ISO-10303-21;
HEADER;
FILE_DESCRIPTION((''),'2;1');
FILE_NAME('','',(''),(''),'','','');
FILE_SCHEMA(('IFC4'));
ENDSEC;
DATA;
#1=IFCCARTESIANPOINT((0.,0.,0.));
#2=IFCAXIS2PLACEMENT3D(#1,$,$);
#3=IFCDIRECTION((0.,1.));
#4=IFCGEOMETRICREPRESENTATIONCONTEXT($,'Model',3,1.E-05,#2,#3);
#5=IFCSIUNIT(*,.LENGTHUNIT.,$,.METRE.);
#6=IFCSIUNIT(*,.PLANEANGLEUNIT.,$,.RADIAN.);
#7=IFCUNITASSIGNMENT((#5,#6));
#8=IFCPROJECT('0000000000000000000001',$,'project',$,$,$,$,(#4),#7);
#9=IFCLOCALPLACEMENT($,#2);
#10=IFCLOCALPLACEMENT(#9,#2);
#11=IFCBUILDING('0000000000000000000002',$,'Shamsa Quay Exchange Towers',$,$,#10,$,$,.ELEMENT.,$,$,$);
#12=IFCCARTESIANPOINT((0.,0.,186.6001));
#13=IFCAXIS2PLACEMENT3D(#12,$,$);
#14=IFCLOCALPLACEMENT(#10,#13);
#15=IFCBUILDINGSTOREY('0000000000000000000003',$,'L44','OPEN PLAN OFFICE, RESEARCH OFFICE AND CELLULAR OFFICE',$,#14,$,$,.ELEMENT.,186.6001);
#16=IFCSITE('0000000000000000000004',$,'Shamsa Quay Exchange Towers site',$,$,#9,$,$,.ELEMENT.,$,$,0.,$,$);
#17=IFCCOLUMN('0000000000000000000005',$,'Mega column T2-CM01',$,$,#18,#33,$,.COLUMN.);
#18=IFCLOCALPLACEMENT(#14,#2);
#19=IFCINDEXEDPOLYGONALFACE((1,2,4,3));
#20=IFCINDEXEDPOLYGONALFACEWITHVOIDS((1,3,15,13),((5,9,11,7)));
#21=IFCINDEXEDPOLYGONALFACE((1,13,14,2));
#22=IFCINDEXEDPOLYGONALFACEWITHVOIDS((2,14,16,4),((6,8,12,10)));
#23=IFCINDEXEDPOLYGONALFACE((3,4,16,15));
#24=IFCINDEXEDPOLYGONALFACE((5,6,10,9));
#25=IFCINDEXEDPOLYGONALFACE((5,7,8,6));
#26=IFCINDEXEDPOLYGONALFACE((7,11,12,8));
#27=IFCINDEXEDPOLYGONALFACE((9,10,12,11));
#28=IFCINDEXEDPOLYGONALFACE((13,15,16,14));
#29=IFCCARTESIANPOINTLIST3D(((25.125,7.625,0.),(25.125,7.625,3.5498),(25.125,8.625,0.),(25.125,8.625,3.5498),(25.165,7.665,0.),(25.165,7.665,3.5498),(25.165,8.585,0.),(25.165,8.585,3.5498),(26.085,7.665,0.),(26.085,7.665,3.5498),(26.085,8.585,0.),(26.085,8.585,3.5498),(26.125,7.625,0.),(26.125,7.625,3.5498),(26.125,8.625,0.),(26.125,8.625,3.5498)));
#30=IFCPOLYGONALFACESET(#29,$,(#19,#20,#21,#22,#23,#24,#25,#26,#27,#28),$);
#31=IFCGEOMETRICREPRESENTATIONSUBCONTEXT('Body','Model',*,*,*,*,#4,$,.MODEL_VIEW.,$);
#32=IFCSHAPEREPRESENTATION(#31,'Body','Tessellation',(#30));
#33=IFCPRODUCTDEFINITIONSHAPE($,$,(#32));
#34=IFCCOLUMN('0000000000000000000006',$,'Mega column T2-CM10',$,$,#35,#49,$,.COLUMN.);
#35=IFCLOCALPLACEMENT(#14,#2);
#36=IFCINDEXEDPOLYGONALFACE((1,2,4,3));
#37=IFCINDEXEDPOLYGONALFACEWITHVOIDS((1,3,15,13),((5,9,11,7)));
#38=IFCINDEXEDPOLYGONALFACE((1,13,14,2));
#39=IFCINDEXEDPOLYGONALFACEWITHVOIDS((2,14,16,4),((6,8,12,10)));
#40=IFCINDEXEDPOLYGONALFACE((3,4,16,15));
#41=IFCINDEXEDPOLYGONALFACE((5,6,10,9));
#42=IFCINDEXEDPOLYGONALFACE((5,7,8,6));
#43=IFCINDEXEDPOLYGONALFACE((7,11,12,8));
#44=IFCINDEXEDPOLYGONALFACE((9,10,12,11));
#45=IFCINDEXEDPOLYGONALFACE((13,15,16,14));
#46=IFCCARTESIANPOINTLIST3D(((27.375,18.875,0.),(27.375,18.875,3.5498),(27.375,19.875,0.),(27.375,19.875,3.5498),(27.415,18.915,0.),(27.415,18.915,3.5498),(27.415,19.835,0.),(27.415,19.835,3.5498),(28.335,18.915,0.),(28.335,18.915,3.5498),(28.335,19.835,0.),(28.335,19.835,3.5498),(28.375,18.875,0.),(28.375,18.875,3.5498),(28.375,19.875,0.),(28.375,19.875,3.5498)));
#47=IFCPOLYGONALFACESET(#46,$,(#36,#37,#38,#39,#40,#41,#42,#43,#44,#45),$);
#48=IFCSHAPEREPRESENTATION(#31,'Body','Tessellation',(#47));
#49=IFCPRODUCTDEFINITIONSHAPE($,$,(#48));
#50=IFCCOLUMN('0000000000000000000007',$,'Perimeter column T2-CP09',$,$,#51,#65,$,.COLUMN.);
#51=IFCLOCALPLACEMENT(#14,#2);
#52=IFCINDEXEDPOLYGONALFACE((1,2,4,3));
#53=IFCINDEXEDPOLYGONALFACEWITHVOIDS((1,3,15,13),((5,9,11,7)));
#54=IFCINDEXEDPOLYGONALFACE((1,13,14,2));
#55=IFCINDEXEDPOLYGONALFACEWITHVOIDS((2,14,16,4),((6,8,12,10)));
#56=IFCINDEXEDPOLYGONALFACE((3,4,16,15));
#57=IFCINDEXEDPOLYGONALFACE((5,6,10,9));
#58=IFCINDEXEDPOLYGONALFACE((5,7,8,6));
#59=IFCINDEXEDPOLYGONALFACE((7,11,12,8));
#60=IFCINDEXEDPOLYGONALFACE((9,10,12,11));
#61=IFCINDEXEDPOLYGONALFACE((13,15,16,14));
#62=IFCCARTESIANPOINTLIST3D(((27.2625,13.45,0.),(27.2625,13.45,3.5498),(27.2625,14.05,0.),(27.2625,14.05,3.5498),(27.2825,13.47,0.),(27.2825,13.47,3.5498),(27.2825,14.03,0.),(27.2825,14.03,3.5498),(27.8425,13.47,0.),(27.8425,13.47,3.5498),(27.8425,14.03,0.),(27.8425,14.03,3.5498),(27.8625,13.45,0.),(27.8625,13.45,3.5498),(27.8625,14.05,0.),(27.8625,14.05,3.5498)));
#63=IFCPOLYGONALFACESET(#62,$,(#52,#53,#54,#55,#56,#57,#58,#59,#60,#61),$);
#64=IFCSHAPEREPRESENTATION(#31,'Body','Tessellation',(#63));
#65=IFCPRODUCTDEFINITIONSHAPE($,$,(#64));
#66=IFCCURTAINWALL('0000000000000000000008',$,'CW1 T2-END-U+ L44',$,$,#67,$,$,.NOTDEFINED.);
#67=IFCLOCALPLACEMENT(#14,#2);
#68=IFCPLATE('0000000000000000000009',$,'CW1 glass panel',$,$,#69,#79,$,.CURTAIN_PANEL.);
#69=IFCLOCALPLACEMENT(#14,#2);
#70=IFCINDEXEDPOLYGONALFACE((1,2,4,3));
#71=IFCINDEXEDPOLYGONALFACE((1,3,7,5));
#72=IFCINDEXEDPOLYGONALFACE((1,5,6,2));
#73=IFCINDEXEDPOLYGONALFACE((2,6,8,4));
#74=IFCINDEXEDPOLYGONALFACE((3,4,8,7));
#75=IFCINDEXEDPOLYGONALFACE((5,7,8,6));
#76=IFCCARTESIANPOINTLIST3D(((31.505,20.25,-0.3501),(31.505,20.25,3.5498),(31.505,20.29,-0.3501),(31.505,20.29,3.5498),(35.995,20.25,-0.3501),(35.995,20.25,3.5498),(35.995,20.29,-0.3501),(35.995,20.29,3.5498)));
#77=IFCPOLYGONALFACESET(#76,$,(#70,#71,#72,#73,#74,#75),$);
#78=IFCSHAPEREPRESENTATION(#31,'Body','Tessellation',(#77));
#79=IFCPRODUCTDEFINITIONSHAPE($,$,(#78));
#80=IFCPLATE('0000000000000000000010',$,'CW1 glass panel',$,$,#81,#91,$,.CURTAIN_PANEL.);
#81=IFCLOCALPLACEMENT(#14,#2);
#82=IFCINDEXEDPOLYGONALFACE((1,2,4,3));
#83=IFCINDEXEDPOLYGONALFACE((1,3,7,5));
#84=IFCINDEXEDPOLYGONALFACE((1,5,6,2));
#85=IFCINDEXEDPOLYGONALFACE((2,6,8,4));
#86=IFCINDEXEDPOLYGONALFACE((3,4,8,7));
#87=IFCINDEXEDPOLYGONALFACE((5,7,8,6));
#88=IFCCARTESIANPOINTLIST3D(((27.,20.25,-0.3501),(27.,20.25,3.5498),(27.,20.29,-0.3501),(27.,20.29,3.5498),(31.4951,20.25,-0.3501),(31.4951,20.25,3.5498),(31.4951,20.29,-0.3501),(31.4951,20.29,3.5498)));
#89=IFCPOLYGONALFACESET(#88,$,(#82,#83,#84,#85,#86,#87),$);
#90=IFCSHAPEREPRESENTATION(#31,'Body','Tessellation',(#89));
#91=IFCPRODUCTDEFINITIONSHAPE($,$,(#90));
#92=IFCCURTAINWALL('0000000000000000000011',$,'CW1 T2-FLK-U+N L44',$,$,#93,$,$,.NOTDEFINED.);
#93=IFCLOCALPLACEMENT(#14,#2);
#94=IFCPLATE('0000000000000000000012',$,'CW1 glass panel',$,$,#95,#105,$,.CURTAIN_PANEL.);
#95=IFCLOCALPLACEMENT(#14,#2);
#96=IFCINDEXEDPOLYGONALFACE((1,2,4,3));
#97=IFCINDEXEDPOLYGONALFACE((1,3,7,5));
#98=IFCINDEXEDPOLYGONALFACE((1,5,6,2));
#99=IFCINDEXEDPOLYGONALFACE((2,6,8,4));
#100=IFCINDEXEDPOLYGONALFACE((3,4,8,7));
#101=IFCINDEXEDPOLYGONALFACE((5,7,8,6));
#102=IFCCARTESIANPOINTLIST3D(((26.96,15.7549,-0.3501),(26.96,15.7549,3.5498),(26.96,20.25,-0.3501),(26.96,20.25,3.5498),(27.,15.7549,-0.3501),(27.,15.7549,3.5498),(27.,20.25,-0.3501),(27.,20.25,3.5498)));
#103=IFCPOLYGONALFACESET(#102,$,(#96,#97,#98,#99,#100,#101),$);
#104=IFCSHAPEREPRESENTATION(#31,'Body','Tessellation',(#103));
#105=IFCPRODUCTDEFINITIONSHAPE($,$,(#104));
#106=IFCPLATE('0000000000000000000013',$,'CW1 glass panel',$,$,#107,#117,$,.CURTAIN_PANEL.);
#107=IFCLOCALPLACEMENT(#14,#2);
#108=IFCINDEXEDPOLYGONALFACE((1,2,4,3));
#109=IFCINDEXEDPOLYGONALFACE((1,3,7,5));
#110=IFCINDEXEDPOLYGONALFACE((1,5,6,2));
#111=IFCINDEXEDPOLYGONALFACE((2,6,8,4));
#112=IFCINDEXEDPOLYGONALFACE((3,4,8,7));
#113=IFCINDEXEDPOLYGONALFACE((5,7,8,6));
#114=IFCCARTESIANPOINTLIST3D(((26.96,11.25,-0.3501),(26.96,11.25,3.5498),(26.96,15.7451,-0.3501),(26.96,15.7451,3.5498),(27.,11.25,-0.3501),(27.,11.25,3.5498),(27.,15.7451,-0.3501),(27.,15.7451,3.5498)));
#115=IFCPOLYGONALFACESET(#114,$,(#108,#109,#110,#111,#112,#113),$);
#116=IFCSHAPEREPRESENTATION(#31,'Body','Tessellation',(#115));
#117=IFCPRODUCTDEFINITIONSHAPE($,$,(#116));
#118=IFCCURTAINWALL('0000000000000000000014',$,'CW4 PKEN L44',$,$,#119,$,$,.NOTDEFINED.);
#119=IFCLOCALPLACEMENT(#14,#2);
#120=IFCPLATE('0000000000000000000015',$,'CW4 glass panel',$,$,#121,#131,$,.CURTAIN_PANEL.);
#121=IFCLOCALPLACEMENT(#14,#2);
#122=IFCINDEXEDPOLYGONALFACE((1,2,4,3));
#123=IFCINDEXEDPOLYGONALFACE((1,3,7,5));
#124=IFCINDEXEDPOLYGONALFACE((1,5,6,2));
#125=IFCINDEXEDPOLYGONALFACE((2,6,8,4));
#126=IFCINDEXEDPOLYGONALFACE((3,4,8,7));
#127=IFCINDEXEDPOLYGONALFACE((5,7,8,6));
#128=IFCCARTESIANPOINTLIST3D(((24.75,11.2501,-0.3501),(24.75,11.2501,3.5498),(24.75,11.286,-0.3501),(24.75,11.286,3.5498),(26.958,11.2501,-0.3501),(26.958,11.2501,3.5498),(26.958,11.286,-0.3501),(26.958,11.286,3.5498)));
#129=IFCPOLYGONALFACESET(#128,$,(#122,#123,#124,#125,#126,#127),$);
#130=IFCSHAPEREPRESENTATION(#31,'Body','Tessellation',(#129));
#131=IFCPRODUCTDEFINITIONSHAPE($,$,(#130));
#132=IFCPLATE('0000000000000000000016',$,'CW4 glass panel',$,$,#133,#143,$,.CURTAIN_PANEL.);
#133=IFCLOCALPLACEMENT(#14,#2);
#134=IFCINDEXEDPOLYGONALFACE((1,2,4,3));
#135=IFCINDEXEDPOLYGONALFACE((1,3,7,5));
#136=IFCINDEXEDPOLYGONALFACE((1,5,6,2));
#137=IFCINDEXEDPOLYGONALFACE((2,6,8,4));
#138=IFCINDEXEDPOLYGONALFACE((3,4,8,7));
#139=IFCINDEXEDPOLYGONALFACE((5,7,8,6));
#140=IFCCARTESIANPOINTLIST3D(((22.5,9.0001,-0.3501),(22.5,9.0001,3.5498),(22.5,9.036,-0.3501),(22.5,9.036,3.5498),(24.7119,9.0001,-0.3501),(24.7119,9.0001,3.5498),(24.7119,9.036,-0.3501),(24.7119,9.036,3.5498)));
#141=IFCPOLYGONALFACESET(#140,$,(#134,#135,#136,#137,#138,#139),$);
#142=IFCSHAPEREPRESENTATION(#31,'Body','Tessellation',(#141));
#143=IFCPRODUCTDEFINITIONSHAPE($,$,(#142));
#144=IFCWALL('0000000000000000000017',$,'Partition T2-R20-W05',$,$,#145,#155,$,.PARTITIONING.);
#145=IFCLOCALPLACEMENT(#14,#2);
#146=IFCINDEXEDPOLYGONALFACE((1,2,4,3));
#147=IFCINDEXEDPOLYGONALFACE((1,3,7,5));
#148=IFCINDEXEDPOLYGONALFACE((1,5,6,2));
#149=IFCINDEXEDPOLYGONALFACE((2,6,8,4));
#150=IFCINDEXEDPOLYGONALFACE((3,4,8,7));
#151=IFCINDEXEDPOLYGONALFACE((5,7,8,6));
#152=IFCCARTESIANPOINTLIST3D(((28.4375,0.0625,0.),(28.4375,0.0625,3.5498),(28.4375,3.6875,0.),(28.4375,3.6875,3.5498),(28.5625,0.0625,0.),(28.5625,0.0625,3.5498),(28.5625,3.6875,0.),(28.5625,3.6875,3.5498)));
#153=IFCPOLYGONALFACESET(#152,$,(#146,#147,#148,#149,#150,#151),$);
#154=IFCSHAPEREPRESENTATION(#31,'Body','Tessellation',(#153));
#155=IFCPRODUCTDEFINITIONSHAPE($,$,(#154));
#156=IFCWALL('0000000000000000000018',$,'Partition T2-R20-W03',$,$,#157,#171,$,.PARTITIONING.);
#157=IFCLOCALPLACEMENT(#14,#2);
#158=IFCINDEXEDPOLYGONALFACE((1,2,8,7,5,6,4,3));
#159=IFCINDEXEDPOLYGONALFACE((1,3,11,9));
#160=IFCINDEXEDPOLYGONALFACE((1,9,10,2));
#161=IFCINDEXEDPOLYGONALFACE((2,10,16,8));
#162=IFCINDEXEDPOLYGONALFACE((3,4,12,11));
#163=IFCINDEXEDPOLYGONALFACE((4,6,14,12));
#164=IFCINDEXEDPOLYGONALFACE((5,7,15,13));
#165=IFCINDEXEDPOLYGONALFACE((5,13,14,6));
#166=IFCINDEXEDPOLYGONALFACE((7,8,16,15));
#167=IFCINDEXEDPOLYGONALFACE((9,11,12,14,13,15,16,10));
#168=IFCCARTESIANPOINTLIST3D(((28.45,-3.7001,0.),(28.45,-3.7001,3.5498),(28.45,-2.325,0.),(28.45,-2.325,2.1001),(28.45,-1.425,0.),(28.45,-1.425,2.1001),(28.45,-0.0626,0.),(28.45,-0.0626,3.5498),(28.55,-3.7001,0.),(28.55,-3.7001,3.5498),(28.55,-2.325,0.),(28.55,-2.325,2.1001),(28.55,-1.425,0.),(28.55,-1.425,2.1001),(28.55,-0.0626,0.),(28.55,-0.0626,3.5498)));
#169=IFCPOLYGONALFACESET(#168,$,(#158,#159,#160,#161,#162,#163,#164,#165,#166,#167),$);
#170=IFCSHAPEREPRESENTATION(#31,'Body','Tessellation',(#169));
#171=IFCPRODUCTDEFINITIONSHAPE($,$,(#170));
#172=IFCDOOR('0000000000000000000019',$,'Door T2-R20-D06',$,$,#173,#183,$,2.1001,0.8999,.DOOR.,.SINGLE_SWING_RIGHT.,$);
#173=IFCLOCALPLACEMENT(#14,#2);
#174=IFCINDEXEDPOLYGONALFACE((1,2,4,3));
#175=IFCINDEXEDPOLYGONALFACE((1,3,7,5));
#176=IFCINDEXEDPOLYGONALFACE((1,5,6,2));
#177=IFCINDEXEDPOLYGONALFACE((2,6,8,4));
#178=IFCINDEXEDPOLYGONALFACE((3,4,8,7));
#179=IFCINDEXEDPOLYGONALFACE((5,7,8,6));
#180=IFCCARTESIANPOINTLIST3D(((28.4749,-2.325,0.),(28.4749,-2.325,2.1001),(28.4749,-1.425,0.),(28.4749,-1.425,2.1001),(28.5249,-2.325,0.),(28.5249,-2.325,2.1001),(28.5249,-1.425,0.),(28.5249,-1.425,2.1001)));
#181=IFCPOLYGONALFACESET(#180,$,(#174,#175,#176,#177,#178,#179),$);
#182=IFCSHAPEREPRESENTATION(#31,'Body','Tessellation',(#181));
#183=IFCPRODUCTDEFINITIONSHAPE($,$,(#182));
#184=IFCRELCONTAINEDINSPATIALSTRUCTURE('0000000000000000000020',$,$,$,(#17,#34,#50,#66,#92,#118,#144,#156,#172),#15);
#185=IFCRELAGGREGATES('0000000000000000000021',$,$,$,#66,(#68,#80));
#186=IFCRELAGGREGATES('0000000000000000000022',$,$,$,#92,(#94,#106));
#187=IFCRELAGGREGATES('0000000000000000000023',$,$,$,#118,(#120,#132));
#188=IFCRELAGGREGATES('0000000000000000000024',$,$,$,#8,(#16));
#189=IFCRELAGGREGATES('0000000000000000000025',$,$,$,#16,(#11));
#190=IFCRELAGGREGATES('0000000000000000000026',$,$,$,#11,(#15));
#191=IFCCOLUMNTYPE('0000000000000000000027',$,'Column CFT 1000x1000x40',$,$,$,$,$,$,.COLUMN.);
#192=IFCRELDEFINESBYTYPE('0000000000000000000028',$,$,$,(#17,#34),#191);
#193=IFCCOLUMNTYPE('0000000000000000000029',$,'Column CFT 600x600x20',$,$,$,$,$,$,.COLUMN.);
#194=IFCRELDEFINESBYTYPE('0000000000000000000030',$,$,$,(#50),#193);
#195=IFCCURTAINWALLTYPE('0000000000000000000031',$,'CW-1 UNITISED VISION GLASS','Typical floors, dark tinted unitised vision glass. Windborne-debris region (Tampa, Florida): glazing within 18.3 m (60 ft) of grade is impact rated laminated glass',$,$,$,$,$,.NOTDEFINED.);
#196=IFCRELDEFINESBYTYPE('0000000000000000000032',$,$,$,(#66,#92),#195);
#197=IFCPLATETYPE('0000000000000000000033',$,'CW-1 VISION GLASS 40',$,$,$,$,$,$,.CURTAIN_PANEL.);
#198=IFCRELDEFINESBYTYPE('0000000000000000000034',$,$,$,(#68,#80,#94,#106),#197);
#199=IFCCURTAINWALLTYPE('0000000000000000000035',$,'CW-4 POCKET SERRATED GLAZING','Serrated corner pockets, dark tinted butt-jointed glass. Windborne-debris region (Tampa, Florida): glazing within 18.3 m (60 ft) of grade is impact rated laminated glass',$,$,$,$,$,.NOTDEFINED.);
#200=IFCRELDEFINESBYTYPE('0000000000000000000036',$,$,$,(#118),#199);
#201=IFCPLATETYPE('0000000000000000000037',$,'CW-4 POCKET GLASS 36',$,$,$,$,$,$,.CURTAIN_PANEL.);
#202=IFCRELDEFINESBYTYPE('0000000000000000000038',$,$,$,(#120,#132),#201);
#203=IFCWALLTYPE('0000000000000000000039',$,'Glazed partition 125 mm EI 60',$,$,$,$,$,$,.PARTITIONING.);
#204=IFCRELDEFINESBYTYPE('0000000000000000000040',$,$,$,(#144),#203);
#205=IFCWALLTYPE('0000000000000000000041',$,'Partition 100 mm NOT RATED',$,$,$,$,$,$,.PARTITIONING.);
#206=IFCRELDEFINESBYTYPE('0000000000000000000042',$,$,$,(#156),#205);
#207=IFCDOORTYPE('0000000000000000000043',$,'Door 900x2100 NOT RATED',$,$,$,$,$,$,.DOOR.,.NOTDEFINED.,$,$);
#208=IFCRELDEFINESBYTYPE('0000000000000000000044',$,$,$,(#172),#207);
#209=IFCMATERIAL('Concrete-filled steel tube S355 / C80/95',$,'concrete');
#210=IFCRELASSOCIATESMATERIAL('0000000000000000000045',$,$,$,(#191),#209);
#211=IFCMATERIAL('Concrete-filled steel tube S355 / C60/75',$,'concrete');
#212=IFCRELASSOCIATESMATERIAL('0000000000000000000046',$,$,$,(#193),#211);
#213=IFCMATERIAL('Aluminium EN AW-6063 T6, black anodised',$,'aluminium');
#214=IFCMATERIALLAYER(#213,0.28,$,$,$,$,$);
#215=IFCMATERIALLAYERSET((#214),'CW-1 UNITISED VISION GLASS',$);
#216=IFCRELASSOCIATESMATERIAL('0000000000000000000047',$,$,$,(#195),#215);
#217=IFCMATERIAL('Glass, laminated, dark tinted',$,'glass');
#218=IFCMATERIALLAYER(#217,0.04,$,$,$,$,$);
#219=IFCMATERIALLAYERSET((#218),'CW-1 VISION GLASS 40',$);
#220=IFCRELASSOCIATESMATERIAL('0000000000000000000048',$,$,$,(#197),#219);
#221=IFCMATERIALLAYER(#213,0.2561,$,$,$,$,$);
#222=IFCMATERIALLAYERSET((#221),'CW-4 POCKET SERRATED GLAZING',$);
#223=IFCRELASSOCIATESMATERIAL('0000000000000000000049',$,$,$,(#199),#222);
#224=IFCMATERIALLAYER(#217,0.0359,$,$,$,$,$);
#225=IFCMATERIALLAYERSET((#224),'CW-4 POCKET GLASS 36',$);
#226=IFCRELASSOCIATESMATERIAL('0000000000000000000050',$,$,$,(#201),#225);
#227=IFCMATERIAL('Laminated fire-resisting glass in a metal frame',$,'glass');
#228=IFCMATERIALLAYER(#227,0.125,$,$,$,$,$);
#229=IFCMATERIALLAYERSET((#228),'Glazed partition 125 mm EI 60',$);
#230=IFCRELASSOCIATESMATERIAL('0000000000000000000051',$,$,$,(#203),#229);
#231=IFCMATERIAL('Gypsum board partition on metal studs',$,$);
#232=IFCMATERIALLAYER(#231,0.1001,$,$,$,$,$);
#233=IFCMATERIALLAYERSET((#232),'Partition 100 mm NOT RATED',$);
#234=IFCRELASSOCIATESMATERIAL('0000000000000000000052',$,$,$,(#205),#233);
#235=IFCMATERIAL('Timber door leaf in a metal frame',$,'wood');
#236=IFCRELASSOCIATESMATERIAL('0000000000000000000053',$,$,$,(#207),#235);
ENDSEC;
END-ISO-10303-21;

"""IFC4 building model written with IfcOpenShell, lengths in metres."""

from ifc_helpers import new_model, si_unit, direction, frame, frame_2d, origin, origin_2d, place, context, subcontext, project, spatial, rectangle, hollow_rectangle, extrude, material, layer, layer_set, material_profile, profile_set, type_object, element, fill, aggregate, save


model = new_model("IFC4")

# Units and contexts
model_context = context("Model", 3, precision=1e-05, world=origin(), true_north=direction((0.0, 1.0)))
body_context = subcontext(model_context, "Body", "Model", "MODEL_VIEW")
ifc_project = project(units=[si_unit("LENGTHUNIT", "METRE"), si_unit("PLANEANGLEUNIT", "RADIAN")], contexts=[model_context])

# Site, building, storey
site_placement = place(None, origin())
site = spatial("IfcSite", under=ifc_project, at=site_placement, Name="Shamsa Quay Exchange Towers site", CompositionType="ELEMENT", RefElevation=0.0)
building_placement = place(site_placement, origin())
building = spatial("IfcBuilding", under=site, at=building_placement, Name="Shamsa Quay Exchange Towers", CompositionType="ELEMENT")
storey_placement = place(building_placement, frame((0.0, 0.0, 186.6001)))
storey = spatial("IfcBuildingStorey", under=building, at=storey_placement, Name="L44", Description="OPEN PLAN OFFICE, RESEARCH OFFICE AND CELLULAR OFFICE", CompositionType="ELEMENT", Elevation=186.6001)

# Columns
ifc_material_1 = material(Name="Concrete-filled steel tube S355 / C80/95", Category="concrete")
ifc_material_profile_1 = material_profile(ifc_material_1, hollow_rectangle(XDim=1.0, YDim=1.0, WallThickness=0.04, at=origin_2d()), Name="CFT 1000x1000x40")
ifc_profile_set_1 = profile_set([ifc_material_profile_1], Name="Concrete-filled steel tube S355 / C80/95")
column_type_1 = type_object("IfcColumnType", Name="Column CFT 1000x1000x40", PredefinedType="COLUMN", material=ifc_profile_set_1)
for number, where, name in (
    (1, (25.625, 8.125, 0.0), "Mega column T2-CM01"),
    (2, (27.875, 19.375, 0.0), "Mega column T2-CM10"),
):
    element("IfcColumn", number, at=place(storey_placement, frame(where)), inside=storey, type_object=column_type_1, Name=name, PredefinedType="COLUMN", context=body_context, shape_type="SweptSolid", body=[
        extrude(hollow_rectangle(XDim=1.0, YDim=1.0, WallThickness=0.04, at=origin_2d()), origin(), (0.0, 0.0, 1.0), 3.5498),
    ])
ifc_material_2 = material(Name="Concrete-filled steel tube S355 / C60/75", Category="concrete")
ifc_material_profile_2 = material_profile(ifc_material_2, hollow_rectangle(XDim=0.6001, YDim=0.6001, WallThickness=0.02, at=origin_2d()), Name="CFT 600x600x20")
ifc_profile_set_2 = profile_set([ifc_material_profile_2], Name="Concrete-filled steel tube S355 / C60/75")
column_type_2 = type_object("IfcColumnType", Name="Column CFT 600x600x20", PredefinedType="COLUMN", material=ifc_profile_set_2)
column_placement = place(storey_placement, frame((27.5625, 13.75, 0.0)))
element("IfcColumn", 3, at=column_placement, inside=storey, type_object=column_type_2, Name="Perimeter column T2-CP09", PredefinedType="COLUMN", context=body_context, shape_type="SweptSolid", body=[
    extrude(hollow_rectangle(XDim=0.6001, YDim=0.6001, WallThickness=0.02, at=origin_2d()), origin(), (0.0, 0.0, 1.0), 3.5498),
])

# Curtain walls, plates
ifc_material_3 = material(Name="Aluminium EN AW-6063 T6, black anodised", Category="aluminium")
ifc_layer_1 = layer(ifc_material_3, 0.28)
ifc_layer_set_1 = layer_set([ifc_layer_1], Name="CW-1 UNITISED VISION GLASS")
curtain_wall_type_1 = type_object("IfcCurtainWallType", Name="CW-1 UNITISED VISION GLASS", Description="Typical floors, dark tinted unitised vision glass. Windborne-debris region (Tampa, Florida): glazing within 18.3 m (60 ft) of grade is impact rated laminated glass", PredefinedType="NOTDEFINED", material=ifc_layer_set_1)
curtain_wall_1_placement = place(storey_placement, origin())
curtain_wall_1 = element("IfcCurtainWall", 4, at=curtain_wall_1_placement, inside=storey, type_object=curtain_wall_type_1, Name="CW1 T2-END-U+ L44", PredefinedType="NOTDEFINED")
ifc_material_4 = material(Name="Glass, laminated, dark tinted", Category="glass")
ifc_layer_2 = layer(ifc_material_4, 0.04)
ifc_layer_set_2 = layer_set([ifc_layer_2], Name="CW-1 VISION GLASS 40")
plate_type_1 = type_object("IfcPlateType", Name="CW-1 VISION GLASS 40", PredefinedType="CURTAIN_PANEL", material=ifc_layer_set_2)
plate_1_placement = place(storey_placement, frame((33.75, 20.27, -0.3501), z_axis=(0.0, 0.0, 1.0), x_axis=(-1.0, 0.0, 0.0)))
plate_1 = element("IfcPlate", 5, at=plate_1_placement, type_object=plate_type_1, Name="CW1 glass panel", PredefinedType="CURTAIN_PANEL", context=body_context, shape_type="SweptSolid", body=[
    extrude(rectangle(XDim=4.49, YDim=0.04, at=origin_2d()), origin(), (0.0, 0.0, 1.0), 3.8999),
])
plate_2_placement = place(storey_placement, frame((29.2476, 20.27, -0.3501), z_axis=(0.0, 0.0, 1.0), x_axis=(-1.0, 0.0, 0.0)))
plate_2 = element("IfcPlate", 6, at=plate_2_placement, type_object=plate_type_1, Name="CW1 glass panel", PredefinedType="CURTAIN_PANEL", context=body_context, shape_type="SweptSolid", body=[
    extrude(rectangle(XDim=4.4951, YDim=0.04, at=origin_2d()), origin(), (0.0, 0.0, 1.0), 3.8999),
])
aggregate(curtain_wall_1, [plate_1, plate_2])
curtain_wall_2_placement = place(storey_placement, origin())
curtain_wall_2 = element("IfcCurtainWall", 7, at=curtain_wall_2_placement, inside=storey, type_object=curtain_wall_type_1, Name="CW1 T2-FLK-U+N L44", PredefinedType="NOTDEFINED")
plate_3_placement = place(storey_placement, frame((26.98, 18.0024, -0.3501), z_axis=(0.0, 0.0, 1.0), x_axis=(0.0, -1.0, 0.0)))
plate_3 = element("IfcPlate", 8, at=plate_3_placement, type_object=plate_type_1, Name="CW1 glass panel", PredefinedType="CURTAIN_PANEL", context=body_context, shape_type="SweptSolid", body=[
    extrude(rectangle(XDim=4.4951, YDim=0.04, at=origin_2d()), origin(), (0.0, 0.0, 1.0), 3.8999),
])
plate_4_placement = place(storey_placement, frame((26.98, 13.4976, -0.3501), z_axis=(0.0, 0.0, 1.0), x_axis=(0.0, -1.0, 0.0)))
plate_4 = element("IfcPlate", 9, at=plate_4_placement, type_object=plate_type_1, Name="CW1 glass panel", PredefinedType="CURTAIN_PANEL", context=body_context, shape_type="SweptSolid", body=[
    extrude(rectangle(XDim=4.4951, YDim=0.04, at=origin_2d()), origin(), (0.0, 0.0, 1.0), 3.8999),
])
aggregate(curtain_wall_2, [plate_3, plate_4])
ifc_layer_3 = layer(ifc_material_3, 0.2561)
ifc_layer_set_3 = layer_set([ifc_layer_3], Name="CW-4 POCKET SERRATED GLAZING")
curtain_wall_type_2 = type_object("IfcCurtainWallType", Name="CW-4 POCKET SERRATED GLAZING", Description="Serrated corner pockets, dark tinted butt-jointed glass. Windborne-debris region (Tampa, Florida): glazing within 18.3 m (60 ft) of grade is impact rated laminated glass", PredefinedType="NOTDEFINED", material=ifc_layer_set_3)
curtain_wall_3_placement = place(storey_placement, origin())
curtain_wall_3 = element("IfcCurtainWall", 10, at=curtain_wall_3_placement, inside=storey, type_object=curtain_wall_type_2, Name="CW4 PKEN L44", PredefinedType="NOTDEFINED")
ifc_layer_4 = layer(ifc_material_4, 0.0359)
ifc_layer_set_4 = layer_set([ifc_layer_4], Name="CW-4 POCKET GLASS 36")
plate_type_2 = type_object("IfcPlateType", Name="CW-4 POCKET GLASS 36", PredefinedType="CURTAIN_PANEL", material=ifc_layer_set_4)
plate_5_placement = place(storey_placement, frame((25.854, 11.2681, -0.3501), z_axis=(0.0, 0.0, 1.0), x_axis=(-1.0, 0.0, 0.0)))
plate_5 = element("IfcPlate", 11, at=plate_5_placement, type_object=plate_type_2, Name="CW4 glass panel", PredefinedType="CURTAIN_PANEL", context=body_context, shape_type="SweptSolid", body=[
    extrude(rectangle(XDim=2.208, YDim=0.0359, at=origin_2d()), origin(), (0.0, 0.0, 1.0), 3.8999),
])
plate_6_placement = place(storey_placement, frame((23.606, 9.0181, -0.3501), z_axis=(0.0, 0.0, 1.0), x_axis=(-1.0, 0.0, 0.0)))
plate_6 = element("IfcPlate", 12, at=plate_6_placement, type_object=plate_type_2, Name="CW4 glass panel", PredefinedType="CURTAIN_PANEL", context=body_context, shape_type="SweptSolid", body=[
    extrude(rectangle(XDim=2.2119, YDim=0.0359, at=origin_2d()), origin(), (0.0, 0.0, 1.0), 3.8999),
])
aggregate(curtain_wall_3, [plate_5, plate_6])

# Wall
ifc_material_5 = material(Name="Laminated fire-resisting glass in a metal frame", Category="glass")
ifc_layer_5 = layer(ifc_material_5, 0.125)
ifc_layer_set_5 = layer_set([ifc_layer_5], Name="Glazed partition 125 mm EI 60")
wall_type_1 = type_object("IfcWallType", Name="Glazed partition 125 mm EI 60", PredefinedType="PARTITIONING", material=ifc_layer_set_5)
wall_1_placement = place(storey_placement, frame((28.5, 3.6875, 0.0), z_axis=(0.0, 0.0, 1.0), x_axis=(0.0, -1.0, 0.0)))
element("IfcWall", 13, at=wall_1_placement, inside=storey, type_object=wall_type_1, Name="Partition T2-R20-W05", PredefinedType="PARTITIONING", context=body_context, shape_type="SweptSolid", body=[
    extrude(rectangle(XDim=3.625, YDim=0.125, at=frame_2d((1.8125, 0.0))), origin(), (0.0, 0.0, 1.0), 3.5498),
])

# Wall, opening, door
ifc_material_6 = material(Name="Gypsum board partition on metal studs")
ifc_layer_6 = layer(ifc_material_6, 0.1001)
ifc_layer_set_6 = layer_set([ifc_layer_6], Name="Partition 100 mm NOT RATED")
wall_type_2 = type_object("IfcWallType", Name="Partition 100 mm NOT RATED", PredefinedType="PARTITIONING", material=ifc_layer_set_6)
wall_2_placement = place(storey_placement, frame((28.5, -0.0625, 0.0), z_axis=(0.0, 0.0, 1.0), x_axis=(0.0, -1.0, 0.0)))
wall_2 = element("IfcWall", 14, at=wall_2_placement, inside=storey, type_object=wall_type_2, Name="Partition T2-R20-W03", PredefinedType="PARTITIONING", context=body_context, shape_type="SweptSolid", body=[
    extrude(rectangle(XDim=3.6375, YDim=0.1001, at=frame_2d((1.8188, 0.0))), origin(), (0.0, 0.0, 1.0), 3.5498),
])
opening_1_placement = place(wall_2_placement, frame((1.3625, 0.0, 0.0)))
opening_1 = element("IfcOpeningElement", 15, at=opening_1_placement, cuts=wall_2, PredefinedType="OPENING", context=body_context, shape_type="SweptSolid", body=[
    extrude(rectangle(XDim=0.8999, YDim=2.1001, at=frame_2d((0.45, 1.05))), frame((0.0, 0.0601, 0.0), z_axis=(0.0, -1.0, 0.0), x_axis=(1.0, 0.0, 0.0)), (0.0, 0.0, 1.0), 0.1201),
])
ifc_material_7 = material(Name="Timber door leaf in a metal frame", Category="wood")
door_type_1 = type_object("IfcDoorType", Name="Door 900x2100 NOT RATED", OperationType="NOTDEFINED", PredefinedType="DOOR", material=ifc_material_7)
door_1_placement = place(opening_1_placement, origin())
door_1 = element("IfcDoor", 16, at=door_1_placement, inside=storey, type_object=door_type_1, Name="Door T2-R20-D06", OperationType="SINGLE_SWING_RIGHT", OverallHeight=2.1001, OverallWidth=0.8999, PredefinedType="DOOR", context=body_context, shape_type="SweptSolid", body=[
    extrude(rectangle(XDim=0.8999, YDim=2.1001, at=frame_2d((0.45, 1.05))), frame((0.0, 0.0249, 0.0), z_axis=(0.0, -1.0, 0.0), x_axis=(1.0, 0.0, 0.0)), (0.0, 0.0, 1.0), 0.05),
])
fill(opening_1, door_1)

save(model, "model.ifc")
